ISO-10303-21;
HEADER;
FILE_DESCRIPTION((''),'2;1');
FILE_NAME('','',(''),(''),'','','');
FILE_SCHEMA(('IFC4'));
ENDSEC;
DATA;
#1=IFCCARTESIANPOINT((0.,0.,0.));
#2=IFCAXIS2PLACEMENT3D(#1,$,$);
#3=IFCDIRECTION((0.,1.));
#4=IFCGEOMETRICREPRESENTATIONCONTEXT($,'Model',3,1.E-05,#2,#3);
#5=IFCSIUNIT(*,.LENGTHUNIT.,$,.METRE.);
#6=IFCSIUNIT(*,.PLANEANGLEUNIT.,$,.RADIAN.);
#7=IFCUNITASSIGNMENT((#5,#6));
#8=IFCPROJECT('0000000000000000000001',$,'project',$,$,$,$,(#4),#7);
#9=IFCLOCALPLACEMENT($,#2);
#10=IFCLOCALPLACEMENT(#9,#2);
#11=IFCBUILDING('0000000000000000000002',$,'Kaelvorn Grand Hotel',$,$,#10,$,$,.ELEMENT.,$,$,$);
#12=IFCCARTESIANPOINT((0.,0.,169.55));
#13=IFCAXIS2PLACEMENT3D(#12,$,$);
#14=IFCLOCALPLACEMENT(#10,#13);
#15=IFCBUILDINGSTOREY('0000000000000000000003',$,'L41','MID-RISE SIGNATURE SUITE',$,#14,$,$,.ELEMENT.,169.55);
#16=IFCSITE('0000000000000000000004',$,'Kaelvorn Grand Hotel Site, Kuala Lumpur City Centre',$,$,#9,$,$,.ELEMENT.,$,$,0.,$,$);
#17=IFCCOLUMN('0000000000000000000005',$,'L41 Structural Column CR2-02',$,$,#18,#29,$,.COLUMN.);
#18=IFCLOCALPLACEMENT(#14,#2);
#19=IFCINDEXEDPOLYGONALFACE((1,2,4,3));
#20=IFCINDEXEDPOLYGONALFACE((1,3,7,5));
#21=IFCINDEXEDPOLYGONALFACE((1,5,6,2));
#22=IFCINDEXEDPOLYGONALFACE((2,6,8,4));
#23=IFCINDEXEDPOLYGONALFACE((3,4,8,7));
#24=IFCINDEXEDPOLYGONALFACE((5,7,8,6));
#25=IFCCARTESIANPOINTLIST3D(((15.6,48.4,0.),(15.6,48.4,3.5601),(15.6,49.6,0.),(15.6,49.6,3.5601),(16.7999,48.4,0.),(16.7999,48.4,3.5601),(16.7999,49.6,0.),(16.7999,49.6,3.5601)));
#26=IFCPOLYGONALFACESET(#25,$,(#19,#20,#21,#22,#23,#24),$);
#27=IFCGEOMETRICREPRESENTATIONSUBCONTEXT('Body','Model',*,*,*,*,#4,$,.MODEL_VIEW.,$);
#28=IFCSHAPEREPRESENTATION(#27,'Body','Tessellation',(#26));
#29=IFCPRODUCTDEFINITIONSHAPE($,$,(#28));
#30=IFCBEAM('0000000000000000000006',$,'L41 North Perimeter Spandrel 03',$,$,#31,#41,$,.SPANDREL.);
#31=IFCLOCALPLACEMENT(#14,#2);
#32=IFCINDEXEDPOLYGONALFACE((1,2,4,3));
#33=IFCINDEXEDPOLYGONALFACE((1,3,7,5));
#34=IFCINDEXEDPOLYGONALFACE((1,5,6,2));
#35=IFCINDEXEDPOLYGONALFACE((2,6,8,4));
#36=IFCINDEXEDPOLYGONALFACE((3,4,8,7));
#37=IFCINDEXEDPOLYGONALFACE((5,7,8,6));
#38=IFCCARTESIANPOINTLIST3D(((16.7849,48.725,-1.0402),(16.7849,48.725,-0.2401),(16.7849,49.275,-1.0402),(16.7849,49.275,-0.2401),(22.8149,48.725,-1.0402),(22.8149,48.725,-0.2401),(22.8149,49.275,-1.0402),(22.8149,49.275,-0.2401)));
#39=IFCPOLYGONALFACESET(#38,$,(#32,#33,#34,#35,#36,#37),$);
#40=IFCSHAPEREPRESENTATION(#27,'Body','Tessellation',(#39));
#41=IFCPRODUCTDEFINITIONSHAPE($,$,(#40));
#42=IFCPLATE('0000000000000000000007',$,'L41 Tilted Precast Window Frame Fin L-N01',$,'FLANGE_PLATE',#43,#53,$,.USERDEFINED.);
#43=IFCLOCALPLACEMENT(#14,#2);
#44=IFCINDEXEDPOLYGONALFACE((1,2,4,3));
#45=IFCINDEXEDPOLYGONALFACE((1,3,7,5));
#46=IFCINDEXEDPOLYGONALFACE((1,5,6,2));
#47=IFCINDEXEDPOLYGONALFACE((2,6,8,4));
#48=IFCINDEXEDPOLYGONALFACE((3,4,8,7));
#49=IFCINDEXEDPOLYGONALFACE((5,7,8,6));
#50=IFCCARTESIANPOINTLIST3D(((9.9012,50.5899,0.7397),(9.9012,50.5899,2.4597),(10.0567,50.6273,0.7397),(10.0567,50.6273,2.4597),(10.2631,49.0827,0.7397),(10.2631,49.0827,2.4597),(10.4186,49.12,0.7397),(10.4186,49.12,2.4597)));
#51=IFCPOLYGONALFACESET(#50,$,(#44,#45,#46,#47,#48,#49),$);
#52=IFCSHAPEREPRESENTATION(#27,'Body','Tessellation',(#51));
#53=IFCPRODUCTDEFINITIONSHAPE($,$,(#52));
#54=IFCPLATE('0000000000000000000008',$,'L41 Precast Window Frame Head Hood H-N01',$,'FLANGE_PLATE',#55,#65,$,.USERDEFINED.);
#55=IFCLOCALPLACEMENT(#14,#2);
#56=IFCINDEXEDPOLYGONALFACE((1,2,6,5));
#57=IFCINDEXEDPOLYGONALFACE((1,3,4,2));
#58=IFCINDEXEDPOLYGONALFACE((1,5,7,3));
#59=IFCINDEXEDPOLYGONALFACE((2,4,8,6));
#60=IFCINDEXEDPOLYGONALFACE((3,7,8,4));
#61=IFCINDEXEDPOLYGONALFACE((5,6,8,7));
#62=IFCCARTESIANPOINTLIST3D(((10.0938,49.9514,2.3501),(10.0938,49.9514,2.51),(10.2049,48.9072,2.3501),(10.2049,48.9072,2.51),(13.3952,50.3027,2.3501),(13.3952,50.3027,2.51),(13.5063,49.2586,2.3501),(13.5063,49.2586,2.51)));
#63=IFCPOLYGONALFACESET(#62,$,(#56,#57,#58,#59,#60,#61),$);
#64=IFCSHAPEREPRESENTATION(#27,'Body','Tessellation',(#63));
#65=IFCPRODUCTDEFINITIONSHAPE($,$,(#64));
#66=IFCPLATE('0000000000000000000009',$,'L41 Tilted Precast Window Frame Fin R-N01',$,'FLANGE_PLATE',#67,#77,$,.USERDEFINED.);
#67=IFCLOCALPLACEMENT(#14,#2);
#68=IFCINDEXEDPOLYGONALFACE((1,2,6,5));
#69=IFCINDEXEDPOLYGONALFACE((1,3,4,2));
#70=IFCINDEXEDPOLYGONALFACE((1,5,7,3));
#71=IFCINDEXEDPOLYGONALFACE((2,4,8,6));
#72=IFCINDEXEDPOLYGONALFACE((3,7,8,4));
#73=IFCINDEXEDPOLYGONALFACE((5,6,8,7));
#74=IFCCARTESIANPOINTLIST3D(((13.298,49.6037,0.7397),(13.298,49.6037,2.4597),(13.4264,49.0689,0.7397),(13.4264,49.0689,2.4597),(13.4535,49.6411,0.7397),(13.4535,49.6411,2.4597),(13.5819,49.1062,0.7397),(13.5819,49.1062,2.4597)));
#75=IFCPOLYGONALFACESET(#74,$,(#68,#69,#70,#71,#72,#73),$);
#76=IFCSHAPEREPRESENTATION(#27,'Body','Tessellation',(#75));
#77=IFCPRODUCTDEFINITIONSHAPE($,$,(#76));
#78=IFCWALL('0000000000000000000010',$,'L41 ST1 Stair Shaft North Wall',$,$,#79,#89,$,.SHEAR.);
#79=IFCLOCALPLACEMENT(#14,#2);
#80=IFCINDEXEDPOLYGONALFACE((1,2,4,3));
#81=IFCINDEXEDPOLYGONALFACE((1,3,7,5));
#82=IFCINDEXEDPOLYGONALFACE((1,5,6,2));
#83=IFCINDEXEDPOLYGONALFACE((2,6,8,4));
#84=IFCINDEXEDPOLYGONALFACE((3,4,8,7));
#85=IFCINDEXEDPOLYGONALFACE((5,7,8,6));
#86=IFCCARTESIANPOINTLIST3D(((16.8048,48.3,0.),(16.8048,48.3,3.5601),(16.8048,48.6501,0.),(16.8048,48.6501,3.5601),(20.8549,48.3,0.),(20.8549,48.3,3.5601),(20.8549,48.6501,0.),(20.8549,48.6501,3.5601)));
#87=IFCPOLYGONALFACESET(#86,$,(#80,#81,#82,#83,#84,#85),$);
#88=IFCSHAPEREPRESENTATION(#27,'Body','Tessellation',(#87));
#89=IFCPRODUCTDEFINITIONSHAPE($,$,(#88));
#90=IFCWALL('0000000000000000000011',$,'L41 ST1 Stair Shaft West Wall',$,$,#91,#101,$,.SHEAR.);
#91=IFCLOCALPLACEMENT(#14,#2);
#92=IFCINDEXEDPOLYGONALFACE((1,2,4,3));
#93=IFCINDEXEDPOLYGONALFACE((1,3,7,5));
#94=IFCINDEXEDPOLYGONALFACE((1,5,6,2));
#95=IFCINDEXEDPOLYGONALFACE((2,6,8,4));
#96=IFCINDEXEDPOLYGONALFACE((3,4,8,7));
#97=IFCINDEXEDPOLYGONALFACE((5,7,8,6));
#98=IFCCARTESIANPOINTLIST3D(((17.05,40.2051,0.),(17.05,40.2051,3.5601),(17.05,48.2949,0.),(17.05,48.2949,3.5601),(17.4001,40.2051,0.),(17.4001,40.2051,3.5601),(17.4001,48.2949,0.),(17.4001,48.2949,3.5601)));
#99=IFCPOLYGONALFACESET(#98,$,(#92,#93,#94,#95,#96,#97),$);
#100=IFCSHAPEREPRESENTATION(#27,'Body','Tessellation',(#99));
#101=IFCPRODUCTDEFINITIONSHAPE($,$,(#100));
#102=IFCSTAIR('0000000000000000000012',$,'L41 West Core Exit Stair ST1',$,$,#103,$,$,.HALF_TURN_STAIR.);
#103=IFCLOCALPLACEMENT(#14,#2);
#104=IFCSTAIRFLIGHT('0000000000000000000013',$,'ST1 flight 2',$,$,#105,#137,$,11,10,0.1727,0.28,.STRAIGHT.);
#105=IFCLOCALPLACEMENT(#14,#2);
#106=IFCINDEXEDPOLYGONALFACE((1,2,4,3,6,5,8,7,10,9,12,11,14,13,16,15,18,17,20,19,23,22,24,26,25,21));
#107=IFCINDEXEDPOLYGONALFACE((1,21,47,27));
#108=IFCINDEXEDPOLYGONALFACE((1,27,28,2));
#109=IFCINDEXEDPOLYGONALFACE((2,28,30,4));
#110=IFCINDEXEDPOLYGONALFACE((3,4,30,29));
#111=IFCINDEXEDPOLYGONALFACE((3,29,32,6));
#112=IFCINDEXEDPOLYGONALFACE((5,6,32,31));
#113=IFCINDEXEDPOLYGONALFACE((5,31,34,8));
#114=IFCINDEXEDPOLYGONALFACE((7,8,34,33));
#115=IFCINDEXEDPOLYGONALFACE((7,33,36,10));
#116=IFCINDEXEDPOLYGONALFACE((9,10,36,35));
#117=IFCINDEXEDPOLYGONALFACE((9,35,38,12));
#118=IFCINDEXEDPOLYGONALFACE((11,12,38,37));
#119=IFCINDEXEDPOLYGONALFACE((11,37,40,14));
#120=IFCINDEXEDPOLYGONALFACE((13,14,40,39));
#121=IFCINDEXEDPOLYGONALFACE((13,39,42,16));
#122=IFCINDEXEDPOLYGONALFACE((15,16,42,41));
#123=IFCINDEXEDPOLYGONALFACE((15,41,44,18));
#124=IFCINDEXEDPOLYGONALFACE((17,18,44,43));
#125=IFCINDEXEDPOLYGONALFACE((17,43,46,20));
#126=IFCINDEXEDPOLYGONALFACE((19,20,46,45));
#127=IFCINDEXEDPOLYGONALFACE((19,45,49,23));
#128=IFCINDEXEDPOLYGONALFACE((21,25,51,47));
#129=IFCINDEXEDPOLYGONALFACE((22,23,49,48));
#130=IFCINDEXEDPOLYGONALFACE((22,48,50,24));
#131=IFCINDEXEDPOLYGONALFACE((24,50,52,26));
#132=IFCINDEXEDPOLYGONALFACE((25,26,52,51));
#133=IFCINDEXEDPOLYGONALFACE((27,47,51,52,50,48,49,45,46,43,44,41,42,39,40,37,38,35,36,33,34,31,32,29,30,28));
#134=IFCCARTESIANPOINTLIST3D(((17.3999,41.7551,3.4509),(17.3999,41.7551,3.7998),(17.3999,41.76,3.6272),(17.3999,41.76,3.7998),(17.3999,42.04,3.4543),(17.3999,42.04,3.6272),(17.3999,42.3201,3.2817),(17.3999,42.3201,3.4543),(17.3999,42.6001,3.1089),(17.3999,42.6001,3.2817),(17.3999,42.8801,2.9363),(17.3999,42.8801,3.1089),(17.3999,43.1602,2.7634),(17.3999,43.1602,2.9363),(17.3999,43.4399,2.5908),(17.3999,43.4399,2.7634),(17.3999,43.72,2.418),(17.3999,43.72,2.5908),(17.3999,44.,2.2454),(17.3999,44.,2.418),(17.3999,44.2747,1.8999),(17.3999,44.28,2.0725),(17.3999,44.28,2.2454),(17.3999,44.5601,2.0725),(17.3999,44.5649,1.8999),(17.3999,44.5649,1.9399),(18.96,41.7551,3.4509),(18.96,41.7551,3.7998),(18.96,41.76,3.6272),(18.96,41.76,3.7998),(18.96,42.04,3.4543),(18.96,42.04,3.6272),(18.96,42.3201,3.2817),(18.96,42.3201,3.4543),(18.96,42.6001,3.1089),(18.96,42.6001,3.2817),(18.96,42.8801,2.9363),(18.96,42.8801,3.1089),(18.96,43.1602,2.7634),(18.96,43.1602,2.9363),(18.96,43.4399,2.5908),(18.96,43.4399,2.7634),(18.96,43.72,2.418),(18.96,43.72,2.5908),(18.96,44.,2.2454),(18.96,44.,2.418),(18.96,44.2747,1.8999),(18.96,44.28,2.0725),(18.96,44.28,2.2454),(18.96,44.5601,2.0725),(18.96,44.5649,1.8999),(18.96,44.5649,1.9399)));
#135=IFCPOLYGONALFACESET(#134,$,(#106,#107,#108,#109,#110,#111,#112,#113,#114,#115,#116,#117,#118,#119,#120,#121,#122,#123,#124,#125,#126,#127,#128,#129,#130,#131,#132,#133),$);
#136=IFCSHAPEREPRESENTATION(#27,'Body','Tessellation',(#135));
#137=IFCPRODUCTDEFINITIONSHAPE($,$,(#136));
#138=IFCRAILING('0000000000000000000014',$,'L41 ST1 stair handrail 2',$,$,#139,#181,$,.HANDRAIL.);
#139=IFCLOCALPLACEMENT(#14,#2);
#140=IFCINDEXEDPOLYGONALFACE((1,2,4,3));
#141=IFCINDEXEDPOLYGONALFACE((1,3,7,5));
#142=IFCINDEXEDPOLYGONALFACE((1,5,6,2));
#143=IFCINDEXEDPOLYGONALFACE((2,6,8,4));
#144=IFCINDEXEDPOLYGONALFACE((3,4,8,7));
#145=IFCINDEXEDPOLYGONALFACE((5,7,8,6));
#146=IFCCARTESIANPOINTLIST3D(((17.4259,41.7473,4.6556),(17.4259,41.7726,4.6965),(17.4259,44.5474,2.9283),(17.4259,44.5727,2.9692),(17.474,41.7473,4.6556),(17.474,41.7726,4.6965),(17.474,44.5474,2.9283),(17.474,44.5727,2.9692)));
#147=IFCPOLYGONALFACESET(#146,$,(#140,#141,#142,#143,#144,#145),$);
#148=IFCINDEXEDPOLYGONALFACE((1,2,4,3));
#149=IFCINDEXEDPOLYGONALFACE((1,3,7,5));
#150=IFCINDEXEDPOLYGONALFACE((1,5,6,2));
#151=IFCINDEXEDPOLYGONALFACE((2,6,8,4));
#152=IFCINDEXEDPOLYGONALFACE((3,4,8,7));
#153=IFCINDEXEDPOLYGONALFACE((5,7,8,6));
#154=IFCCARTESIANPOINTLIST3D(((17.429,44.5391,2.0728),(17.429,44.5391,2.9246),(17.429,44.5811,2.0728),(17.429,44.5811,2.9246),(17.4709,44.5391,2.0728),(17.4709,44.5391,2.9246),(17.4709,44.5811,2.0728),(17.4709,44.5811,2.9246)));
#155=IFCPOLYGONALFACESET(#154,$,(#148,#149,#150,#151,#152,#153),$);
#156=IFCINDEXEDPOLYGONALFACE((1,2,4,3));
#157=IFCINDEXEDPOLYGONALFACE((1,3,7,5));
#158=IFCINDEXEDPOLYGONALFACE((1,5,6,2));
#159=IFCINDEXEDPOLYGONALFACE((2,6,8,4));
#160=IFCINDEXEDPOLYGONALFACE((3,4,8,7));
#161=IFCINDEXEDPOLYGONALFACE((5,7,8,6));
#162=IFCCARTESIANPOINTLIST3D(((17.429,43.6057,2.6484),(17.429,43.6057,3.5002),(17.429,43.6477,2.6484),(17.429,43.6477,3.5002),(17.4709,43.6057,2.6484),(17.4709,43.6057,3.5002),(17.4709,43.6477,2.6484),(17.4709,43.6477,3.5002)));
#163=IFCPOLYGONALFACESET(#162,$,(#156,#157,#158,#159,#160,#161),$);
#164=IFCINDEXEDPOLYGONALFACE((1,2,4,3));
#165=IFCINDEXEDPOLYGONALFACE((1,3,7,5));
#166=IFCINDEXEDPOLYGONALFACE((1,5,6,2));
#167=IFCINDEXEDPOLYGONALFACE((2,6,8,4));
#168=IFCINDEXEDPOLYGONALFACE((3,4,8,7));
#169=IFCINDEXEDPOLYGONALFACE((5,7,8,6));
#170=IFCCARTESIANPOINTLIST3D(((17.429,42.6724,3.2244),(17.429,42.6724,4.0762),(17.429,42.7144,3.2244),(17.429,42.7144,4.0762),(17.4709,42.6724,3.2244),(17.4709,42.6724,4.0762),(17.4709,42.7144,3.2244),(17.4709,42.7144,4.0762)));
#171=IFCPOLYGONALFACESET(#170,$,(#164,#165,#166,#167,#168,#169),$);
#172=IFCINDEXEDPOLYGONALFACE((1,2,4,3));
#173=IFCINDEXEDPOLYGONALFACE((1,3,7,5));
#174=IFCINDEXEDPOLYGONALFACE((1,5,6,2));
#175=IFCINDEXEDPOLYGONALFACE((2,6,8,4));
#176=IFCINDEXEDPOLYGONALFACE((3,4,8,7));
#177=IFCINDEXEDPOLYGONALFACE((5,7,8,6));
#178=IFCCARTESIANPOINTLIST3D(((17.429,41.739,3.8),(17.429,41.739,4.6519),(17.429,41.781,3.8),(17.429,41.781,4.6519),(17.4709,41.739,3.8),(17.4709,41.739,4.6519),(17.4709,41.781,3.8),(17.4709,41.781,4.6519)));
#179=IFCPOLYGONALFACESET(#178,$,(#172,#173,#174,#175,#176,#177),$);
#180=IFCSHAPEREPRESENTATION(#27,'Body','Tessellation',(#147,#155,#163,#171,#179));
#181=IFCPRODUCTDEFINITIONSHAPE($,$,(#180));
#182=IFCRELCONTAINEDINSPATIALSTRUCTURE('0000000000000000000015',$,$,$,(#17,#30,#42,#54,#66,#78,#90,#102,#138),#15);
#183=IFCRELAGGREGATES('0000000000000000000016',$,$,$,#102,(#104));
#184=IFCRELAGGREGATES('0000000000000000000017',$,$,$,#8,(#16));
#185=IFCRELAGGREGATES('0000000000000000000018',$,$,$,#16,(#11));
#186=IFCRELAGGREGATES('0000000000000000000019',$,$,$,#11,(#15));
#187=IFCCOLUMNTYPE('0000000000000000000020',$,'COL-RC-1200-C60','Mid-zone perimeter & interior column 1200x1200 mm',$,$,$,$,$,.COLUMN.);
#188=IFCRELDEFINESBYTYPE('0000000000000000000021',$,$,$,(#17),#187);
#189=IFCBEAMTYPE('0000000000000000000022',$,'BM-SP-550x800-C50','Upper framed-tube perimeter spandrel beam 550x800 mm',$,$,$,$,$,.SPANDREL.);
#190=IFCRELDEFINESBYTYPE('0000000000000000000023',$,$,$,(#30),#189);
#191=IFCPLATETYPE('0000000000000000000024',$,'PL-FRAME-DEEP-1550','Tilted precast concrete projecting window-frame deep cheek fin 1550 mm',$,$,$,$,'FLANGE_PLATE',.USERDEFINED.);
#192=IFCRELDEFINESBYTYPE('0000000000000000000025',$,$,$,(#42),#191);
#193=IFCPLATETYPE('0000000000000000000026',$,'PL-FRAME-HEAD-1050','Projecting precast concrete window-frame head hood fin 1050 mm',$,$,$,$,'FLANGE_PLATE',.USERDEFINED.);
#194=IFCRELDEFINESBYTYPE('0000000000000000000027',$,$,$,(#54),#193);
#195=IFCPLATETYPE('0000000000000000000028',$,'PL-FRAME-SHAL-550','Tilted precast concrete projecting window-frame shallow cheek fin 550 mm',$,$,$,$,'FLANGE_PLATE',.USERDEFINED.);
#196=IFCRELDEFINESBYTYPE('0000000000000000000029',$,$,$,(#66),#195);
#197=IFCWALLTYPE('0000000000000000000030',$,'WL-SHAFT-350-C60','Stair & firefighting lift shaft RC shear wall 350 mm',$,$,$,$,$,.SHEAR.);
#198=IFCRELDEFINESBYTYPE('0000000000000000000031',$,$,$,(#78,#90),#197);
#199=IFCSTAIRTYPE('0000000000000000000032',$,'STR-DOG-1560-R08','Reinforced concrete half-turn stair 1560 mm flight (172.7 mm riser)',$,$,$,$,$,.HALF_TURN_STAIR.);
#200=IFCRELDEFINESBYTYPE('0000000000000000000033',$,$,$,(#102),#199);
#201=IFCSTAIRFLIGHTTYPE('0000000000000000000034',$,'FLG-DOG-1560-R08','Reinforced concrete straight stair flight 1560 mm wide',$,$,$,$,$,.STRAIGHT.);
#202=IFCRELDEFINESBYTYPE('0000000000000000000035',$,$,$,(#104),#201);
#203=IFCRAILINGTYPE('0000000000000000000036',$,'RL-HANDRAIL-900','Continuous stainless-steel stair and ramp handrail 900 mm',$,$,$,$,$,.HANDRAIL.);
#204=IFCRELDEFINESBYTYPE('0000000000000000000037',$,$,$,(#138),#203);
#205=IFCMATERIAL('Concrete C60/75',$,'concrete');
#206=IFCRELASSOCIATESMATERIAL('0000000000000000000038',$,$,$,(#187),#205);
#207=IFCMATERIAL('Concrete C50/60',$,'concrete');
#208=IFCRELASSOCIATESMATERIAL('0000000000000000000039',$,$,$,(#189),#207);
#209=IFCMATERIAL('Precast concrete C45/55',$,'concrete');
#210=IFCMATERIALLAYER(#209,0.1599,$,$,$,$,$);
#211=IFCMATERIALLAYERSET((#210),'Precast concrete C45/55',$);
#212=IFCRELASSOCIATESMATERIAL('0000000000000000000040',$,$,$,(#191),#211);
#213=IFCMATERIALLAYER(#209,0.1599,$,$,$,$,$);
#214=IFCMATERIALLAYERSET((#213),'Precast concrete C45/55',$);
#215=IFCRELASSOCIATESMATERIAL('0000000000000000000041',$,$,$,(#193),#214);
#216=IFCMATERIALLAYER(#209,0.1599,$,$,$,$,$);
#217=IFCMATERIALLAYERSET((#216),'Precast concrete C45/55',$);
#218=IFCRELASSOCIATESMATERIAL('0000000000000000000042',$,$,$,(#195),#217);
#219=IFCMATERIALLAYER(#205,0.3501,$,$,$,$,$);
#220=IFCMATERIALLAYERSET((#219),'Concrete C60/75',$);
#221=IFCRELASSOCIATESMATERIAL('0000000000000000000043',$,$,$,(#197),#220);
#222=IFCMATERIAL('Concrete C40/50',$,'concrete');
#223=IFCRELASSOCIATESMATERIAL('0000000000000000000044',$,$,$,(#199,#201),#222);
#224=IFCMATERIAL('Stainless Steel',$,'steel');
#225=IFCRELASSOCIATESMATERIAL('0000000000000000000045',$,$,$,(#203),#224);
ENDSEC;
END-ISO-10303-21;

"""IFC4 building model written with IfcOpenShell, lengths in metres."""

from ifc_helpers import new_model, si_unit, direction, frame, frame_2d, origin, origin_2d, place, context, subcontext, project, spatial, polyline, rectangle, outline, extrude, material, layer, layer_set, material_profile, profile_set, type_object, element, aggregate, save


model = new_model("IFC4")

# Units and contexts
model_context = context("Model", 3, precision=1e-05, world=origin(), true_north=direction((0.0, 1.0)))
body_context = subcontext(model_context, "Body", "Model", "MODEL_VIEW")
ifc_project = project(units=[si_unit("LENGTHUNIT", "METRE"), si_unit("PLANEANGLEUNIT", "RADIAN")], contexts=[model_context])

# Site, building, storey
site_placement = place(None, origin())
site = spatial("IfcSite", under=ifc_project, at=site_placement, Name="Kaelvorn Grand Hotel Site, Kuala Lumpur City Centre", CompositionType="ELEMENT", RefElevation=0.0)
building_placement = place(site_placement, origin())
building = spatial("IfcBuilding", under=site, at=building_placement, Name="Kaelvorn Grand Hotel", CompositionType="ELEMENT")
storey_placement = place(building_placement, frame((0.0, 0.0, 169.55)))
storey = spatial("IfcBuildingStorey", under=building, at=storey_placement, Name="L41", Description="MID-RISE SIGNATURE SUITE", CompositionType="ELEMENT", Elevation=169.55)

# Column
ifc_material_1 = material(Name="Concrete C60/75", Category="concrete")
ifc_material_profile_1 = material_profile(ifc_material_1, rectangle(XDim=1.2, YDim=1.2, at=origin_2d()), Name="RC COL 1200x1200")
ifc_profile_set_1 = profile_set([ifc_material_profile_1], Name="Concrete C60/75")
column_type = type_object("IfcColumnType", Name="COL-RC-1200-C60", Description="Mid-zone perimeter & interior column 1200x1200 mm", PredefinedType="COLUMN", material=ifc_profile_set_1)
column_placement = place(storey_placement, frame((16.2, 49.0, 0.0), z_axis=(0.0, 0.0, 1.0), x_axis=(1.0, 0.0, 0.0)))
element("IfcColumn", 1, at=column_placement, inside=storey, type_object=column_type, Name="L41 Structural Column CR2-02", PredefinedType="COLUMN", context=body_context, shape_type="SweptSolid", body=[
    extrude(rectangle(XDim=1.2, YDim=1.2, at=origin_2d()), origin(), (0.0, 0.0, 1.0), 3.5601),
])

# Beam
ifc_material_2 = material(Name="Concrete C50/60", Category="concrete")
ifc_material_profile_2 = material_profile(ifc_material_2, rectangle(XDim=0.55, YDim=0.8, at=origin_2d()), Name="RC SPANDREL 550x800")
ifc_profile_set_2 = profile_set([ifc_material_profile_2], Name="Concrete C50/60")
beam_type = type_object("IfcBeamType", Name="BM-SP-550x800-C50", Description="Upper framed-tube perimeter spandrel beam 550x800 mm", PredefinedType="SPANDREL", material=ifc_profile_set_2)
beam_placement = place(storey_placement, frame((16.7849, 49.0, -0.6401), z_axis=(1.0, 0.0, 0.0), x_axis=(0.0, 1.0, 0.0)))
element("IfcBeam", 2, at=beam_placement, inside=storey, type_object=beam_type, Name="L41 North Perimeter Spandrel 03", PredefinedType="SPANDREL", context=body_context, shape_type="SweptSolid", body=[
    extrude(rectangle(XDim=0.55, YDim=0.8, at=origin_2d()), origin(), (0.0, 0.0, 1.0), 6.03),
])

# Plates
ifc_material_3 = material(Name="Precast concrete C45/55", Category="concrete")
ifc_layer_1 = layer(ifc_material_3, 0.1599)
ifc_layer_set_1 = layer_set([ifc_layer_1], Name="Precast concrete C45/55")
plate_type_1 = type_object("IfcPlateType", Name="PL-FRAME-DEEP-1550", Description="Tilted precast concrete projecting window-frame deep cheek fin 1550 mm", ElementType="FLANGE_PLATE", PredefinedType="USERDEFINED", material=ifc_layer_set_1)
plate_1_placement = place(storey_placement, frame((10.1599, 49.855, 0.7397), z_axis=(0.0, 0.0, 1.0), x_axis=(0.97237, 0.233445, 0.0)))
element("IfcPlate", 3, at=plate_1_placement, inside=storey, type_object=plate_type_1, Name="L41 Tilted Precast Window Frame Fin L-N01", ObjectType="FLANGE_PLATE", PredefinedType="USERDEFINED", context=body_context, shape_type="SweptSolid", body=[
    extrude(rectangle(XDim=0.1599, YDim=1.55, at=origin_2d()), origin(), (0.0, 0.0, 1.0), 1.72),
])
ifc_layer_2 = layer(ifc_material_3, 0.1599)
ifc_layer_set_2 = layer_set([ifc_layer_2], Name="Precast concrete C45/55")
plate_type_2 = type_object("IfcPlateType", Name="PL-FRAME-HEAD-1050", Description="Projecting precast concrete window-frame head hood fin 1050 mm", ElementType="FLANGE_PLATE", PredefinedType="USERDEFINED", material=ifc_layer_set_2)
plate_2_placement = place(storey_placement, frame((11.8, 49.605, 2.3501), z_axis=(0.0, 0.0, 1.0), x_axis=(0.994384, 0.10583, 0.0)))
element("IfcPlate", 4, at=plate_2_placement, inside=storey, type_object=plate_type_2, Name="L41 Precast Window Frame Head Hood H-N01", ObjectType="FLANGE_PLATE", PredefinedType="USERDEFINED", context=body_context, shape_type="SweptSolid", body=[
    extrude(rectangle(XDim=3.3201, YDim=1.05, at=origin_2d()), origin(), (0.0, 0.0, 1.0), 0.1599),
])
ifc_layer_3 = layer(ifc_material_3, 0.1599)
ifc_layer_set_3 = layer_set([ifc_layer_3], Name="Precast concrete C45/55")
plate_type_3 = type_object("IfcPlateType", Name="PL-FRAME-SHAL-550", Description="Tilted precast concrete projecting window-frame shallow cheek fin 550 mm", ElementType="FLANGE_PLATE", PredefinedType="USERDEFINED", material=ifc_layer_set_3)
plate_3_placement = place(storey_placement, frame((13.4399, 49.355, 0.7397), z_axis=(0.0, 0.0, 1.0), x_axis=(0.97237, 0.233445, 0.0)))
element("IfcPlate", 5, at=plate_3_placement, inside=storey, type_object=plate_type_3, Name="L41 Tilted Precast Window Frame Fin R-N01", ObjectType="FLANGE_PLATE", PredefinedType="USERDEFINED", context=body_context, shape_type="SweptSolid", body=[
    extrude(rectangle(XDim=0.1599, YDim=0.55, at=origin_2d()), origin(), (0.0, 0.0, 1.0), 1.72),
])

# Shared definitions
ifc_layer_4 = layer(ifc_material_1, 0.3501)
ifc_layer_set_4 = layer_set([ifc_layer_4], Name="Concrete C60/75")
wall_type = type_object("IfcWallType", Name="WL-SHAFT-350-C60", Description="Stair & firefighting lift shaft RC shear wall 350 mm", PredefinedType="SHEAR", material=ifc_layer_set_4)

# Walls
wall_1_placement = place(storey_placement, frame((16.8049, 48.4751, 0.0), z_axis=(0.0, 0.0, 1.0), x_axis=(1.0, 0.0, 0.0)))
element("IfcWall", 6, at=wall_1_placement, inside=storey, type_object=wall_type, Name="L41 ST1 Stair Shaft North Wall", PredefinedType="SHEAR", context=body_context, shape_type="SweptSolid", body=[
    extrude(rectangle(XDim=4.05, YDim=0.3501, at=frame_2d((2.0249, 0.0))), origin(), (0.0, 0.0, 1.0), 3.5601),
])
wall_2_placement = place(storey_placement, frame((17.2251, 40.2051, 0.0), z_axis=(0.0, 0.0, 1.0), x_axis=(0.0, 1.0, 0.0)))
element("IfcWall", 7, at=wall_2_placement, inside=storey, type_object=wall_type, Name="L41 ST1 Stair Shaft West Wall", PredefinedType="SHEAR", context=body_context, shape_type="SweptSolid", body=[
    extrude(rectangle(XDim=8.0898, YDim=0.3501, at=frame_2d((4.0449, 0.0))), origin(), (0.0, 0.0, 1.0), 3.5601),
])

# Stair, stair flight
ifc_material_4 = material(Name="Concrete C40/50", Category="concrete")
stair_type = type_object("IfcStairType", Name="STR-DOG-1560-R08", Description="Reinforced concrete half-turn stair 1560 mm flight (172.7 mm riser)", PredefinedType="HALF_TURN_STAIR", material=ifc_material_4)
stair_placement = place(storey_placement, origin())
stair = element("IfcStair", 8, at=stair_placement, inside=storey, type_object=stair_type, Name="L41 West Core Exit Stair ST1", PredefinedType="HALF_TURN_STAIR")
stair_flight_type = type_object("IfcStairFlightType", Name="FLG-DOG-1560-R08", Description="Reinforced concrete straight stair flight 1560 mm wide", PredefinedType="STRAIGHT", material=ifc_material_4)
stair_flight_placement = place(storey_placement, frame((18.1799, 44.5601, 1.8999), z_axis=(0.0, 0.0, 1.0), x_axis=(0.0, -1.0, 0.0)))
stair_flight = element("IfcStairFlight", 9, at=stair_flight_placement, type_object=stair_flight_type, Name="ST1 flight 2", NumberOfRisers=11, NumberOfTreads=10, PredefinedType="STRAIGHT", RiserHeight=0.1727, TreadLength=0.28, context=body_context, shape_type="SweptSolid", body=[
    extrude(outline(polyline([(-0.0049, 0.0), (-0.0049, 0.04), (0.0, 0.1726), (0.28, 0.1726), (0.28, 0.3455), (0.5601, 0.3455), (0.5601, 0.5181), (0.8401, 0.5181), (0.8401, 0.6909), (1.1201, 0.6909), (1.1201, 0.8635), (1.3999, 0.8635), (1.3999, 1.0364), (1.6799, 1.0364), (1.6799, 1.209), (1.96, 1.209), (1.96, 1.3818), (2.24, 1.3818), (2.24, 1.5544), (2.52, 1.5544), (2.52, 1.7273), (2.8, 1.7273), (2.8, 1.8999), (2.8049, 1.8999), (2.8049, 1.551), (0.2854, 0.0), (-0.0049, 0.0)])), frame((0.0, 0.78, 0.0), z_axis=(0.0, -1.0, 0.0), x_axis=(1.0, 0.0, 0.0)), (0.0, 0.0, 1.0), 1.5601),
])
aggregate(stair, [stair_flight])

# Railing
ifc_material_5 = material(Name="Stainless Steel", Category="steel")
railing_type_1 = type_object("IfcRailingType", Name="RL-HANDRAIL-900", Description="Continuous stainless-steel stair and ramp handrail 900 mm", PredefinedType="HANDRAIL", material=ifc_material_5)
railing_1_placement = place(storey_placement, frame((17.45, 44.5601, 2.0728)))
element("IfcRailing", 10, at=railing_1_placement, inside=storey, type_object=railing_type_1, Name="L41 ST1 stair handrail 2", PredefinedType="HANDRAIL", context=body_context, shape_type="SweptSolid", body=[
    extrude(rectangle(XDim=0.0481, YDim=0.0481, at=origin_2d()), frame((0.0, 0.0, 0.876), z_axis=(0.0, -0.85109, 0.52502), x_axis=(1.0, 0.0, 0.0)), (0.0, 0.0, 1.0), 3.29),
    extrude(rectangle(XDim=0.042, YDim=0.042, at=origin_2d()), origin(), (0.0, 0.0, 1.0), 0.8518),
    extrude(rectangle(XDim=0.042, YDim=0.042, at=origin_2d()), frame((0.0, -0.9333, 0.5757)), (0.0, 0.0, 1.0), 0.8518),
    extrude(rectangle(XDim=0.042, YDim=0.042, at=origin_2d()), frame((0.0, -1.8667, 1.1516)), (0.0, 0.0, 1.0), 0.8518),
    extrude(rectangle(XDim=0.042, YDim=0.042, at=origin_2d()), frame((0.0, -2.8, 1.7273)), (0.0, 0.0, 1.0), 0.8518),
])

save(model, "model.ifc")
